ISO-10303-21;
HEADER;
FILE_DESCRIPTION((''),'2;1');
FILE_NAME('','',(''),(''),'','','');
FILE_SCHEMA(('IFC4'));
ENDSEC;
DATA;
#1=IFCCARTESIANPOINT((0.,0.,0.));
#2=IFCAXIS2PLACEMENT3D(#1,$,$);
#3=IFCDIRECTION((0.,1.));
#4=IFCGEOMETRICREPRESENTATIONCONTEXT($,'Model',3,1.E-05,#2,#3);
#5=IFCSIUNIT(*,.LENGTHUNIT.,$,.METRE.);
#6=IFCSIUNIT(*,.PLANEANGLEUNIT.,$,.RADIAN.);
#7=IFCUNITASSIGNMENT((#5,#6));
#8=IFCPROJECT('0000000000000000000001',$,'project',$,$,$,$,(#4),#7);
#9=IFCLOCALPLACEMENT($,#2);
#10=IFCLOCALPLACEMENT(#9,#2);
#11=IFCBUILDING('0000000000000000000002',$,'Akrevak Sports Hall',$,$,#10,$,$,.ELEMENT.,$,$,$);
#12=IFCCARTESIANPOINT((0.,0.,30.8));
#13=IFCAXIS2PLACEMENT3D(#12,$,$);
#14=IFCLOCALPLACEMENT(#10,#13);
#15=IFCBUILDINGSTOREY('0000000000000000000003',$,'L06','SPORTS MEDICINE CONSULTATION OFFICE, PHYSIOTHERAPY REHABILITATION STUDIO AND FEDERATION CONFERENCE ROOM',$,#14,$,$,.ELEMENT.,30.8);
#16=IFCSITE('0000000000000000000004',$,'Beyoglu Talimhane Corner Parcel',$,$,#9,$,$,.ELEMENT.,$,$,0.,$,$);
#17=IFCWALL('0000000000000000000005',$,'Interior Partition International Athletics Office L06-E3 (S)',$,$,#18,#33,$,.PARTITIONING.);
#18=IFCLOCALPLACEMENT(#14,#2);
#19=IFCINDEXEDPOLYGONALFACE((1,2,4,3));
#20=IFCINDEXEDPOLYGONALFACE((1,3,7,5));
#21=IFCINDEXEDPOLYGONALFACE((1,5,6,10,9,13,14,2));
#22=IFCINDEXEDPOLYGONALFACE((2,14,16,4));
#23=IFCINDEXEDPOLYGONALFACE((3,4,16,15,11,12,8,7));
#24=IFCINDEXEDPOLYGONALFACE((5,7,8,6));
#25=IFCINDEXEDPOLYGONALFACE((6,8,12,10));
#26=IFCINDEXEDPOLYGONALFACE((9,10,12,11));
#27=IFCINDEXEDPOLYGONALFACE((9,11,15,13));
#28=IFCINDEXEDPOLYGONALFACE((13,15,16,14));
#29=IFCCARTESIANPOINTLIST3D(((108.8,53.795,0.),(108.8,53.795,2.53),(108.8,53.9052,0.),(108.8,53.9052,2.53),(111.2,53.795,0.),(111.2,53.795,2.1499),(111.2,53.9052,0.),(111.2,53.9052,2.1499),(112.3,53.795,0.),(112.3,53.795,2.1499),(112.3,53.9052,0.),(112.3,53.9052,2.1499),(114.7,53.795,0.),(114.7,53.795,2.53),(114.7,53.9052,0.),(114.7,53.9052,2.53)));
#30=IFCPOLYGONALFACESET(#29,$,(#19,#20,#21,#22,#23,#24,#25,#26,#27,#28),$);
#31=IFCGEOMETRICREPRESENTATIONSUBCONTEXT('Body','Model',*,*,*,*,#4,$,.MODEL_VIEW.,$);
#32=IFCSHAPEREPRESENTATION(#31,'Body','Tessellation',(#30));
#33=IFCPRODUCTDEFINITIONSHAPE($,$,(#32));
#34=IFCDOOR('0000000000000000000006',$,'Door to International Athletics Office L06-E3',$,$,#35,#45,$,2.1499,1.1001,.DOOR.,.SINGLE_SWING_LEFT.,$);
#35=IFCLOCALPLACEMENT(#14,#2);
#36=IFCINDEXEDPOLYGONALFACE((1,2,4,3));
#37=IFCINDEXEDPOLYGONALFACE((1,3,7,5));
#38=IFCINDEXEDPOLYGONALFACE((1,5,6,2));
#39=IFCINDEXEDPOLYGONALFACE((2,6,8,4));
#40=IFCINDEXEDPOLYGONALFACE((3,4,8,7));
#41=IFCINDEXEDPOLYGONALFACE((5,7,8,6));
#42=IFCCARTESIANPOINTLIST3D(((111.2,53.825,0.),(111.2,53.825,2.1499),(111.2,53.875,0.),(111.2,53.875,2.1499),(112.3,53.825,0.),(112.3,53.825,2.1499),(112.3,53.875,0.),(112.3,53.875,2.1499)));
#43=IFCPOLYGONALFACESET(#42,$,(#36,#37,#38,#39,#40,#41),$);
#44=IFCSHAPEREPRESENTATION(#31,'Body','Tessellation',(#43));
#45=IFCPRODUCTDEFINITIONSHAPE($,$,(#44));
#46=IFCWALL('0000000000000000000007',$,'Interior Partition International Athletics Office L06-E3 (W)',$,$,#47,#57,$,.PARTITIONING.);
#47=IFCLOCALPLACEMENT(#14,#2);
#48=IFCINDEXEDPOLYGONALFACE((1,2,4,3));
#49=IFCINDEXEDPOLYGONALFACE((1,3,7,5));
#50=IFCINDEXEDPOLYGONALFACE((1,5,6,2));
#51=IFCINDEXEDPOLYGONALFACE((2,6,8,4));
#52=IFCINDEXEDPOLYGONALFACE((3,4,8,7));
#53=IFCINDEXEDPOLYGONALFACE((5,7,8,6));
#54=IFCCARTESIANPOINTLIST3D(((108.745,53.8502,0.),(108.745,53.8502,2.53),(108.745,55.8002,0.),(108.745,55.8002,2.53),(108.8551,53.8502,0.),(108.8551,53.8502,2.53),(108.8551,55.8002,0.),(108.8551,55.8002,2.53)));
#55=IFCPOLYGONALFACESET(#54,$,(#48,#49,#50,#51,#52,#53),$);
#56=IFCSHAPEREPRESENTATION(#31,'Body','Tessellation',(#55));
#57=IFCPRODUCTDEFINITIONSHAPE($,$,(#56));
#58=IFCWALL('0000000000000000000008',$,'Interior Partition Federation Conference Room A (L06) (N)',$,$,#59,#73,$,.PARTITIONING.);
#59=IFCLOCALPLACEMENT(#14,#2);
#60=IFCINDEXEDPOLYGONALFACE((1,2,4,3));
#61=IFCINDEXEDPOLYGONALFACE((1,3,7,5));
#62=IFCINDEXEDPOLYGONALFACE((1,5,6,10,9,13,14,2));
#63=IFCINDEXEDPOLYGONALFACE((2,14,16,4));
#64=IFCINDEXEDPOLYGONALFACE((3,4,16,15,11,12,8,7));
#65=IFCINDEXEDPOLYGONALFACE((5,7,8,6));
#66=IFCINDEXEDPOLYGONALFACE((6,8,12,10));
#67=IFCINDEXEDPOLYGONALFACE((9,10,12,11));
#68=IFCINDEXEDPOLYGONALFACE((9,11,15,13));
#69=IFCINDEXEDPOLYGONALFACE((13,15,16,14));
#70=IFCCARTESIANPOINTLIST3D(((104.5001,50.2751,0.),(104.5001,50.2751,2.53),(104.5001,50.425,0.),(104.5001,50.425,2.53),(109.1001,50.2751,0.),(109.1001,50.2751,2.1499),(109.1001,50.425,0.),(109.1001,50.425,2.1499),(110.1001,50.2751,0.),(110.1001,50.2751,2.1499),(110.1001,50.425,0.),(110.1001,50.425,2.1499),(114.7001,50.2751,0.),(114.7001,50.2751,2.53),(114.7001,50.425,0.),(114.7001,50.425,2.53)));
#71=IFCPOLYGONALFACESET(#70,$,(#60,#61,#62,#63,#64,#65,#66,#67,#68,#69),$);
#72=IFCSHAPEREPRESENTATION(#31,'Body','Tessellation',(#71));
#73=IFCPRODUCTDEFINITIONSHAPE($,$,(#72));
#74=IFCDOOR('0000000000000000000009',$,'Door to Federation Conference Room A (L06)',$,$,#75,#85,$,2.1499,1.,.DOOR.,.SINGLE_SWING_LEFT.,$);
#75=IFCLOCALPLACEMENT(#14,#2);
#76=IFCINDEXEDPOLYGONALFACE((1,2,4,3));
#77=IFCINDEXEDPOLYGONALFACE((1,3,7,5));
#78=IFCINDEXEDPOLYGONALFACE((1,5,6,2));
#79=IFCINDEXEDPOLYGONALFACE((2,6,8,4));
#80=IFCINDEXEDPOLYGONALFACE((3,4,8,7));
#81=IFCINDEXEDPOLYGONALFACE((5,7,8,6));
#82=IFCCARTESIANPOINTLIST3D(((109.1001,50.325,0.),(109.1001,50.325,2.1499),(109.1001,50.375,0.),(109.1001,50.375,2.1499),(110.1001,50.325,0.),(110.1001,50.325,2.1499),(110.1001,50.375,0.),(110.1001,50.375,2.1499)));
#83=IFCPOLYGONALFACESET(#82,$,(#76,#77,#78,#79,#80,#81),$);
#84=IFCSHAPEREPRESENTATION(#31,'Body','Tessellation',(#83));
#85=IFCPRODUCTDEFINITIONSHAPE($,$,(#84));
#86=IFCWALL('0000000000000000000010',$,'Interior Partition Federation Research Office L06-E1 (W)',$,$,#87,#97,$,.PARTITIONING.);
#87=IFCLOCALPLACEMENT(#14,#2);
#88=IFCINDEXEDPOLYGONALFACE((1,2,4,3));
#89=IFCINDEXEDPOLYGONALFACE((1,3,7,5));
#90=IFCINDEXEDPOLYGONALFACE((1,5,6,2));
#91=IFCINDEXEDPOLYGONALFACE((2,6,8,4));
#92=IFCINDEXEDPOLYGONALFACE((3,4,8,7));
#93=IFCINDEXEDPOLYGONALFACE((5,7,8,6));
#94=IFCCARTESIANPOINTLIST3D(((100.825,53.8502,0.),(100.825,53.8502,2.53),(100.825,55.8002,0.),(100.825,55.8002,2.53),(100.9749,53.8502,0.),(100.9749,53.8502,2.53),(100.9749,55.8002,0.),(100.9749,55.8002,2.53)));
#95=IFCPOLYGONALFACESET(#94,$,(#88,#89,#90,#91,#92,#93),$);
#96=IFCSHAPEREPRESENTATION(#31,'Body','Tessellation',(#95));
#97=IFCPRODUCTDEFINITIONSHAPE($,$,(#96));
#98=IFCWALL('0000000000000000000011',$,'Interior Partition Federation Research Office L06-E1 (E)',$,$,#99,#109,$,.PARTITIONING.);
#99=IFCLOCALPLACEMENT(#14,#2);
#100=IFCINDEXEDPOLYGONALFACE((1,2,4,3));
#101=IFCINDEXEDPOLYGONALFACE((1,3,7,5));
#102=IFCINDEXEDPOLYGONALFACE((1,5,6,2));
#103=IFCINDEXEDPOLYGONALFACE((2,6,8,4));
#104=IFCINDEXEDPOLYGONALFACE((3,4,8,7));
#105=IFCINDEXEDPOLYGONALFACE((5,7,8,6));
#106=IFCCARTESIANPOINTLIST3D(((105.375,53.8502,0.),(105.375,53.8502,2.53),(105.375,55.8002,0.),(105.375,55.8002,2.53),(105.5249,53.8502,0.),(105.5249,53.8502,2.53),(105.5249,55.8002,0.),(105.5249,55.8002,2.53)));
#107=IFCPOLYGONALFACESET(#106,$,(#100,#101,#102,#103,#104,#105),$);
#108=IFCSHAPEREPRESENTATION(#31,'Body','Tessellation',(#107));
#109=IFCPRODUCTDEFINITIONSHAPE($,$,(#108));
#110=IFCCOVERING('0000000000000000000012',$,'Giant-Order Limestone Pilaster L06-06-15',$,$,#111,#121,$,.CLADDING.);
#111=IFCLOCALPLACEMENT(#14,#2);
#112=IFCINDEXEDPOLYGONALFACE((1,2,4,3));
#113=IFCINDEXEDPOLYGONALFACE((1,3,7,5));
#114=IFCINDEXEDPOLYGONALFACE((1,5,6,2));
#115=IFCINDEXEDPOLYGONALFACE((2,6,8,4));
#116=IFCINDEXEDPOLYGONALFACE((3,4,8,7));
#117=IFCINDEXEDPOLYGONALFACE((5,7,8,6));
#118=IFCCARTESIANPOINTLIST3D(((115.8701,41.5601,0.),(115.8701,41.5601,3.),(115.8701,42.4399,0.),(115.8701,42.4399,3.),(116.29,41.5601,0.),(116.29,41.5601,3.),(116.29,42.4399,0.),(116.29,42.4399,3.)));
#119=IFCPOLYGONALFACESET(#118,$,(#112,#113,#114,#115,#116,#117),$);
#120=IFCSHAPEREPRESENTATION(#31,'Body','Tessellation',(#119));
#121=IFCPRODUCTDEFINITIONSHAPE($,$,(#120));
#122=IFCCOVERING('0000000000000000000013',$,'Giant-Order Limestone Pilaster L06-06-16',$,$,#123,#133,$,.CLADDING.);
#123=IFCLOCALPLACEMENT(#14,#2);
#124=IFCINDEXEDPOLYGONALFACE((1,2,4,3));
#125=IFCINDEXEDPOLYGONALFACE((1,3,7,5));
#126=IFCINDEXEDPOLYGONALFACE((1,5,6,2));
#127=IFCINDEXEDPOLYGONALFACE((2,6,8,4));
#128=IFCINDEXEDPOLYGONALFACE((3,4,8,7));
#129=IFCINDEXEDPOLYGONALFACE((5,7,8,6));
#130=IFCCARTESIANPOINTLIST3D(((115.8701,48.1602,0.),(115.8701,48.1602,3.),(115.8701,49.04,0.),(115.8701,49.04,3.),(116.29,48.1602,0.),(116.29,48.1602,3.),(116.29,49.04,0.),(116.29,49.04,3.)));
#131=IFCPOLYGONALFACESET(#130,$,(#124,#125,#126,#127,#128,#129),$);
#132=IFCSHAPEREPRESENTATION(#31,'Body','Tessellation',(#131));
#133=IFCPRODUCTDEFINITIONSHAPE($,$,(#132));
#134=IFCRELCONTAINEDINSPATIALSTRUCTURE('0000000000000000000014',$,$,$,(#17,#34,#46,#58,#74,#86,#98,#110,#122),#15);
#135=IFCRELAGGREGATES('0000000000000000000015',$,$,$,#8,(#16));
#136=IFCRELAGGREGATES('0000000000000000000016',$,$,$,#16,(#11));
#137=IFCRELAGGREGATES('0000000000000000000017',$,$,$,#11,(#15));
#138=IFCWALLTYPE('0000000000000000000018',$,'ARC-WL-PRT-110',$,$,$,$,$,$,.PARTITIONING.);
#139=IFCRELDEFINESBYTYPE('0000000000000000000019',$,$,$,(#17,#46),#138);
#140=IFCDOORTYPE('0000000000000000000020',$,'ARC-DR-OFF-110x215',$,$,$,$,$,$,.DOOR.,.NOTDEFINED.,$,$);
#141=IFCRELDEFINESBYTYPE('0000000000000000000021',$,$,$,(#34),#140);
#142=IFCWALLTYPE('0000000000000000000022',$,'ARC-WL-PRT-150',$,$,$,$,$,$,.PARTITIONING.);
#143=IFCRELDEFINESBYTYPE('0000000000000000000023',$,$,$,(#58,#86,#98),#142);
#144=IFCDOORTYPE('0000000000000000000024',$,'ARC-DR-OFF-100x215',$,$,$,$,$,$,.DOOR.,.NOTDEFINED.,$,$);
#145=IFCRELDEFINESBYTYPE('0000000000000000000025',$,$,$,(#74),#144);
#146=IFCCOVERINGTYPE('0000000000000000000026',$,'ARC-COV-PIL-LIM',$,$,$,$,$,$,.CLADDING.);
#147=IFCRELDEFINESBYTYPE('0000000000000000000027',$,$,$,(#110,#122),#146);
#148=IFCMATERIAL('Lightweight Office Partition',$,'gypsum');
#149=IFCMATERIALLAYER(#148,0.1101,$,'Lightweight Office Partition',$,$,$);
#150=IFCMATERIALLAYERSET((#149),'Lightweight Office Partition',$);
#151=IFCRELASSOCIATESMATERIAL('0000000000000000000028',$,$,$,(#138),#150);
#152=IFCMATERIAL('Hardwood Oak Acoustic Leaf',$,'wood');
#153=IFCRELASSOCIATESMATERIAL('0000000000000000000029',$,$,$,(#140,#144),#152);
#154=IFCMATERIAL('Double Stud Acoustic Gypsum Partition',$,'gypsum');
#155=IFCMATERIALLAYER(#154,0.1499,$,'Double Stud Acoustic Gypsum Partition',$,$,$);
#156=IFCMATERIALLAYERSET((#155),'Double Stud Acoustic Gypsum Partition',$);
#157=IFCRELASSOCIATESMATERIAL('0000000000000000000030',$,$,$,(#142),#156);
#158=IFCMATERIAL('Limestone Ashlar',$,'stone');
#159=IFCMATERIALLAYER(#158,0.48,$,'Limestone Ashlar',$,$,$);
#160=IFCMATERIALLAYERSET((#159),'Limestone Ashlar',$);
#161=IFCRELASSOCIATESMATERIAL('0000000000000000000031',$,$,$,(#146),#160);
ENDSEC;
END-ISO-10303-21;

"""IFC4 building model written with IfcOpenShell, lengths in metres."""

from ifc_helpers import new_model, si_unit, direction, frame, frame_2d, origin, origin_2d, place, context, subcontext, project, spatial, rectangle, extrude, material, layer, layer_set, type_object, element, fill, save


model = new_model("IFC4")

# Units and contexts
model_context = context("Model", 3, precision=1e-05, world=origin(), true_north=direction((0.0, 1.0)))
body_context = subcontext(model_context, "Body", "Model", "MODEL_VIEW")
ifc_project = project(units=[si_unit("LENGTHUNIT", "METRE"), si_unit("PLANEANGLEUNIT", "RADIAN")], contexts=[model_context])

# Site, building, storey
site_placement = place(None, origin())
site = spatial("IfcSite", under=ifc_project, at=site_placement, Name="Beyoglu Talimhane Corner Parcel", CompositionType="ELEMENT", RefElevation=0.0)
building_placement = place(site_placement, origin())
building = spatial("IfcBuilding", under=site, at=building_placement, Name="Akrevak Sports Hall", CompositionType="ELEMENT")
storey_placement = place(building_placement, frame((0.0, 0.0, 30.8)))
storey = spatial("IfcBuildingStorey", under=building, at=storey_placement, Name="L06", Description="SPORTS MEDICINE CONSULTATION OFFICE, PHYSIOTHERAPY REHABILITATION STUDIO AND FEDERATION CONFERENCE ROOM", CompositionType="ELEMENT", Elevation=30.8)

# Wall, opening, door
ifc_material_1 = material(Name="Lightweight Office Partition", Category="gypsum")
ifc_layer_1 = layer(ifc_material_1, 0.1101, Name="Lightweight Office Partition")
ifc_layer_set_1 = layer_set([ifc_layer_1], Name="Lightweight Office Partition")
wall_type_1 = type_object("IfcWallType", Name="ARC-WL-PRT-110", PredefinedType="PARTITIONING", material=ifc_layer_set_1)
wall_1_placement = place(storey_placement, frame((108.8, 53.8501, 0.0), z_axis=(0.0, 0.0, 1.0), x_axis=(1.0, 0.0, 0.0)))
wall_1 = element("IfcWall", 1, at=wall_1_placement, inside=storey, type_object=wall_type_1, Name="Interior Partition International Athletics Office L06-E3 (S)", PredefinedType="PARTITIONING", context=body_context, shape_type="SweptSolid", body=[
    extrude(rectangle(XDim=5.8999, YDim=0.1101, at=frame_2d((2.95, 0.0))), origin(), (0.0, 0.0, 1.0), 2.53),
])
opening_1_placement = place(wall_1_placement, frame((2.3999, 0.0, 0.0)))
opening_1 = element("IfcOpeningElement", 2, at=opening_1_placement, cuts=wall_1, PredefinedType="OPENING", context=body_context, shape_type="SweptSolid", body=[
    extrude(rectangle(XDim=1.1001, YDim=2.1499, at=frame_2d((0.55, 1.075))), frame((0.0, 0.0669, 0.0), z_axis=(0.0, -1.0, 0.0), x_axis=(1.0, 0.0, 0.0)), (0.0, 0.0, 1.0), 0.134),
])
ifc_material_2 = material(Name="Hardwood Oak Acoustic Leaf", Category="wood")
door_type_1 = type_object("IfcDoorType", Name="ARC-DR-OFF-110x215", OperationType="NOTDEFINED", PredefinedType="DOOR", material=ifc_material_2)
door_1_placement = place(opening_1_placement, origin())
door_1 = element("IfcDoor", 3, at=door_1_placement, inside=storey, type_object=door_type_1, Name="Door to International Athletics Office L06-E3", OperationType="SINGLE_SWING_LEFT", OverallHeight=2.1499, OverallWidth=1.1001, PredefinedType="DOOR", context=body_context, shape_type="SweptSolid", body=[
    extrude(rectangle(XDim=1.1001, YDim=2.1499, at=frame_2d((0.55, 1.075))), frame((0.0, 0.0249, 0.0), z_axis=(0.0, -1.0, 0.0), x_axis=(1.0, 0.0, 0.0)), (0.0, 0.0, 1.0), 0.05),
])
fill(opening_1, door_1)

# Wall
wall_2_placement = place(storey_placement, frame((108.8, 53.8501, 0.0), z_axis=(0.0, 0.0, 1.0), x_axis=(0.0, 1.0, 0.0)))
element("IfcWall", 4, at=wall_2_placement, inside=storey, type_object=wall_type_1, Name="Interior Partition International Athletics Office L06-E3 (W)", PredefinedType="PARTITIONING", context=body_context, shape_type="SweptSolid", body=[
    extrude(rectangle(XDim=1.95, YDim=0.1101, at=frame_2d((0.9751, 0.0))), origin(), (0.0, 0.0, 1.0), 2.53),
])

# Wall, opening, door
ifc_material_3 = material(Name="Double Stud Acoustic Gypsum Partition", Category="gypsum")
ifc_layer_2 = layer(ifc_material_3, 0.1499, Name="Double Stud Acoustic Gypsum Partition")
ifc_layer_set_2 = layer_set([ifc_layer_2], Name="Double Stud Acoustic Gypsum Partition")
wall_type_2 = type_object("IfcWallType", Name="ARC-WL-PRT-150", PredefinedType="PARTITIONING", material=ifc_layer_set_2)
wall_3_placement = place(storey_placement, frame((104.5, 50.3501, 0.0), z_axis=(0.0, 0.0, 1.0), x_axis=(1.0, 0.0, 0.0)))
wall_3 = element("IfcWall", 5, at=wall_3_placement, inside=storey, type_object=wall_type_2, Name="Interior Partition Federation Conference Room A (L06) (N)", PredefinedType="PARTITIONING", context=body_context, shape_type="SweptSolid", body=[
    extrude(rectangle(XDim=10.2, YDim=0.1499, at=frame_2d((5.1001, 0.0))), origin(), (0.0, 0.0, 1.0), 2.53),
])
opening_2_placement = place(wall_3_placement, frame((4.6001, 0.0, 0.0)))
opening_2 = element("IfcOpeningElement", 6, at=opening_2_placement, cuts=wall_3, PredefinedType="OPENING", context=body_context, shape_type="SweptSolid", body=[
    extrude(rectangle(XDim=1.0, YDim=2.1499, at=frame_2d((0.5, 1.075))), frame((0.0, 0.0869, 0.0), z_axis=(0.0, -1.0, 0.0), x_axis=(1.0, 0.0, 0.0)), (0.0, 0.0, 1.0), 0.1738),
])
door_type_2 = type_object("IfcDoorType", Name="ARC-DR-OFF-100x215", OperationType="NOTDEFINED", PredefinedType="DOOR", material=ifc_material_2)
door_2_placement = place(opening_2_placement, origin())
door_2 = element("IfcDoor", 7, at=door_2_placement, inside=storey, type_object=door_type_2, Name="Door to Federation Conference Room A (L06)", OperationType="SINGLE_SWING_LEFT", OverallHeight=2.1499, OverallWidth=1.0, PredefinedType="DOOR", context=body_context, shape_type="SweptSolid", body=[
    extrude(rectangle(XDim=1.0, YDim=2.1499, at=frame_2d((0.5, 1.075))), frame((0.0, 0.0249, 0.0), z_axis=(0.0, -1.0, 0.0), x_axis=(1.0, 0.0, 0.0)), (0.0, 0.0, 1.0), 0.05),
])
fill(opening_2, door_2)

# Walls
for number, where, z_axis, x_axis, name in (
    (8, (100.8999, 53.8501, 0.0), (0.0, 0.0, 1.0), (0.0, 1.0, 0.0), "Interior Partition Federation Research Office L06-E1 (W)"),
    (9, (105.45, 53.8501, 0.0), (0.0, 0.0, 1.0), (0.0, 1.0, 0.0), "Interior Partition Federation Research Office L06-E1 (E)"),
):
    element("IfcWall", number, at=place(storey_placement, frame(where, z_axis=z_axis, x_axis=x_axis)), inside=storey, type_object=wall_type_2, Name=name, PredefinedType="PARTITIONING", context=body_context, shape_type="SweptSolid", body=[
        extrude(rectangle(XDim=1.95, YDim=0.1499, at=frame_2d((0.9751, 0.0))), origin(), (0.0, 0.0, 1.0), 2.53),
    ])

# Coverings
ifc_material_4 = material(Name="Limestone Ashlar", Category="stone")
ifc_layer_3 = layer(ifc_material_4, 0.48, Name="Limestone Ashlar")
ifc_layer_set_3 = layer_set([ifc_layer_3], Name="Limestone Ashlar")
covering_type = type_object("IfcCoveringType", Name="ARC-COV-PIL-LIM", PredefinedType="CLADDING", material=ifc_layer_set_3)
for number, where, z_axis, x_axis, name in (
    (10, (116.0801, 42.0, 0.0), (0.0, 0.0, 1.0), (0.0, 1.0, 0.0), "Giant-Order Limestone Pilaster L06-06-15"),
    (11, (116.0801, 48.6001, 0.0), (0.0, 0.0, 1.0), (0.0, 1.0, 0.0), "Giant-Order Limestone Pilaster L06-06-16"),
):
    element("IfcCovering", number, at=place(storey_placement, frame(where, z_axis=z_axis, x_axis=x_axis)), inside=storey, type_object=covering_type, Name=name, PredefinedType="CLADDING", context=body_context, shape_type="SweptSolid", body=[
        extrude(rectangle(XDim=0.8799, YDim=0.4199, at=origin_2d()), origin(), (0.0, 0.0, 1.0), 3.0),
    ])

save(model, "model.ifc")
